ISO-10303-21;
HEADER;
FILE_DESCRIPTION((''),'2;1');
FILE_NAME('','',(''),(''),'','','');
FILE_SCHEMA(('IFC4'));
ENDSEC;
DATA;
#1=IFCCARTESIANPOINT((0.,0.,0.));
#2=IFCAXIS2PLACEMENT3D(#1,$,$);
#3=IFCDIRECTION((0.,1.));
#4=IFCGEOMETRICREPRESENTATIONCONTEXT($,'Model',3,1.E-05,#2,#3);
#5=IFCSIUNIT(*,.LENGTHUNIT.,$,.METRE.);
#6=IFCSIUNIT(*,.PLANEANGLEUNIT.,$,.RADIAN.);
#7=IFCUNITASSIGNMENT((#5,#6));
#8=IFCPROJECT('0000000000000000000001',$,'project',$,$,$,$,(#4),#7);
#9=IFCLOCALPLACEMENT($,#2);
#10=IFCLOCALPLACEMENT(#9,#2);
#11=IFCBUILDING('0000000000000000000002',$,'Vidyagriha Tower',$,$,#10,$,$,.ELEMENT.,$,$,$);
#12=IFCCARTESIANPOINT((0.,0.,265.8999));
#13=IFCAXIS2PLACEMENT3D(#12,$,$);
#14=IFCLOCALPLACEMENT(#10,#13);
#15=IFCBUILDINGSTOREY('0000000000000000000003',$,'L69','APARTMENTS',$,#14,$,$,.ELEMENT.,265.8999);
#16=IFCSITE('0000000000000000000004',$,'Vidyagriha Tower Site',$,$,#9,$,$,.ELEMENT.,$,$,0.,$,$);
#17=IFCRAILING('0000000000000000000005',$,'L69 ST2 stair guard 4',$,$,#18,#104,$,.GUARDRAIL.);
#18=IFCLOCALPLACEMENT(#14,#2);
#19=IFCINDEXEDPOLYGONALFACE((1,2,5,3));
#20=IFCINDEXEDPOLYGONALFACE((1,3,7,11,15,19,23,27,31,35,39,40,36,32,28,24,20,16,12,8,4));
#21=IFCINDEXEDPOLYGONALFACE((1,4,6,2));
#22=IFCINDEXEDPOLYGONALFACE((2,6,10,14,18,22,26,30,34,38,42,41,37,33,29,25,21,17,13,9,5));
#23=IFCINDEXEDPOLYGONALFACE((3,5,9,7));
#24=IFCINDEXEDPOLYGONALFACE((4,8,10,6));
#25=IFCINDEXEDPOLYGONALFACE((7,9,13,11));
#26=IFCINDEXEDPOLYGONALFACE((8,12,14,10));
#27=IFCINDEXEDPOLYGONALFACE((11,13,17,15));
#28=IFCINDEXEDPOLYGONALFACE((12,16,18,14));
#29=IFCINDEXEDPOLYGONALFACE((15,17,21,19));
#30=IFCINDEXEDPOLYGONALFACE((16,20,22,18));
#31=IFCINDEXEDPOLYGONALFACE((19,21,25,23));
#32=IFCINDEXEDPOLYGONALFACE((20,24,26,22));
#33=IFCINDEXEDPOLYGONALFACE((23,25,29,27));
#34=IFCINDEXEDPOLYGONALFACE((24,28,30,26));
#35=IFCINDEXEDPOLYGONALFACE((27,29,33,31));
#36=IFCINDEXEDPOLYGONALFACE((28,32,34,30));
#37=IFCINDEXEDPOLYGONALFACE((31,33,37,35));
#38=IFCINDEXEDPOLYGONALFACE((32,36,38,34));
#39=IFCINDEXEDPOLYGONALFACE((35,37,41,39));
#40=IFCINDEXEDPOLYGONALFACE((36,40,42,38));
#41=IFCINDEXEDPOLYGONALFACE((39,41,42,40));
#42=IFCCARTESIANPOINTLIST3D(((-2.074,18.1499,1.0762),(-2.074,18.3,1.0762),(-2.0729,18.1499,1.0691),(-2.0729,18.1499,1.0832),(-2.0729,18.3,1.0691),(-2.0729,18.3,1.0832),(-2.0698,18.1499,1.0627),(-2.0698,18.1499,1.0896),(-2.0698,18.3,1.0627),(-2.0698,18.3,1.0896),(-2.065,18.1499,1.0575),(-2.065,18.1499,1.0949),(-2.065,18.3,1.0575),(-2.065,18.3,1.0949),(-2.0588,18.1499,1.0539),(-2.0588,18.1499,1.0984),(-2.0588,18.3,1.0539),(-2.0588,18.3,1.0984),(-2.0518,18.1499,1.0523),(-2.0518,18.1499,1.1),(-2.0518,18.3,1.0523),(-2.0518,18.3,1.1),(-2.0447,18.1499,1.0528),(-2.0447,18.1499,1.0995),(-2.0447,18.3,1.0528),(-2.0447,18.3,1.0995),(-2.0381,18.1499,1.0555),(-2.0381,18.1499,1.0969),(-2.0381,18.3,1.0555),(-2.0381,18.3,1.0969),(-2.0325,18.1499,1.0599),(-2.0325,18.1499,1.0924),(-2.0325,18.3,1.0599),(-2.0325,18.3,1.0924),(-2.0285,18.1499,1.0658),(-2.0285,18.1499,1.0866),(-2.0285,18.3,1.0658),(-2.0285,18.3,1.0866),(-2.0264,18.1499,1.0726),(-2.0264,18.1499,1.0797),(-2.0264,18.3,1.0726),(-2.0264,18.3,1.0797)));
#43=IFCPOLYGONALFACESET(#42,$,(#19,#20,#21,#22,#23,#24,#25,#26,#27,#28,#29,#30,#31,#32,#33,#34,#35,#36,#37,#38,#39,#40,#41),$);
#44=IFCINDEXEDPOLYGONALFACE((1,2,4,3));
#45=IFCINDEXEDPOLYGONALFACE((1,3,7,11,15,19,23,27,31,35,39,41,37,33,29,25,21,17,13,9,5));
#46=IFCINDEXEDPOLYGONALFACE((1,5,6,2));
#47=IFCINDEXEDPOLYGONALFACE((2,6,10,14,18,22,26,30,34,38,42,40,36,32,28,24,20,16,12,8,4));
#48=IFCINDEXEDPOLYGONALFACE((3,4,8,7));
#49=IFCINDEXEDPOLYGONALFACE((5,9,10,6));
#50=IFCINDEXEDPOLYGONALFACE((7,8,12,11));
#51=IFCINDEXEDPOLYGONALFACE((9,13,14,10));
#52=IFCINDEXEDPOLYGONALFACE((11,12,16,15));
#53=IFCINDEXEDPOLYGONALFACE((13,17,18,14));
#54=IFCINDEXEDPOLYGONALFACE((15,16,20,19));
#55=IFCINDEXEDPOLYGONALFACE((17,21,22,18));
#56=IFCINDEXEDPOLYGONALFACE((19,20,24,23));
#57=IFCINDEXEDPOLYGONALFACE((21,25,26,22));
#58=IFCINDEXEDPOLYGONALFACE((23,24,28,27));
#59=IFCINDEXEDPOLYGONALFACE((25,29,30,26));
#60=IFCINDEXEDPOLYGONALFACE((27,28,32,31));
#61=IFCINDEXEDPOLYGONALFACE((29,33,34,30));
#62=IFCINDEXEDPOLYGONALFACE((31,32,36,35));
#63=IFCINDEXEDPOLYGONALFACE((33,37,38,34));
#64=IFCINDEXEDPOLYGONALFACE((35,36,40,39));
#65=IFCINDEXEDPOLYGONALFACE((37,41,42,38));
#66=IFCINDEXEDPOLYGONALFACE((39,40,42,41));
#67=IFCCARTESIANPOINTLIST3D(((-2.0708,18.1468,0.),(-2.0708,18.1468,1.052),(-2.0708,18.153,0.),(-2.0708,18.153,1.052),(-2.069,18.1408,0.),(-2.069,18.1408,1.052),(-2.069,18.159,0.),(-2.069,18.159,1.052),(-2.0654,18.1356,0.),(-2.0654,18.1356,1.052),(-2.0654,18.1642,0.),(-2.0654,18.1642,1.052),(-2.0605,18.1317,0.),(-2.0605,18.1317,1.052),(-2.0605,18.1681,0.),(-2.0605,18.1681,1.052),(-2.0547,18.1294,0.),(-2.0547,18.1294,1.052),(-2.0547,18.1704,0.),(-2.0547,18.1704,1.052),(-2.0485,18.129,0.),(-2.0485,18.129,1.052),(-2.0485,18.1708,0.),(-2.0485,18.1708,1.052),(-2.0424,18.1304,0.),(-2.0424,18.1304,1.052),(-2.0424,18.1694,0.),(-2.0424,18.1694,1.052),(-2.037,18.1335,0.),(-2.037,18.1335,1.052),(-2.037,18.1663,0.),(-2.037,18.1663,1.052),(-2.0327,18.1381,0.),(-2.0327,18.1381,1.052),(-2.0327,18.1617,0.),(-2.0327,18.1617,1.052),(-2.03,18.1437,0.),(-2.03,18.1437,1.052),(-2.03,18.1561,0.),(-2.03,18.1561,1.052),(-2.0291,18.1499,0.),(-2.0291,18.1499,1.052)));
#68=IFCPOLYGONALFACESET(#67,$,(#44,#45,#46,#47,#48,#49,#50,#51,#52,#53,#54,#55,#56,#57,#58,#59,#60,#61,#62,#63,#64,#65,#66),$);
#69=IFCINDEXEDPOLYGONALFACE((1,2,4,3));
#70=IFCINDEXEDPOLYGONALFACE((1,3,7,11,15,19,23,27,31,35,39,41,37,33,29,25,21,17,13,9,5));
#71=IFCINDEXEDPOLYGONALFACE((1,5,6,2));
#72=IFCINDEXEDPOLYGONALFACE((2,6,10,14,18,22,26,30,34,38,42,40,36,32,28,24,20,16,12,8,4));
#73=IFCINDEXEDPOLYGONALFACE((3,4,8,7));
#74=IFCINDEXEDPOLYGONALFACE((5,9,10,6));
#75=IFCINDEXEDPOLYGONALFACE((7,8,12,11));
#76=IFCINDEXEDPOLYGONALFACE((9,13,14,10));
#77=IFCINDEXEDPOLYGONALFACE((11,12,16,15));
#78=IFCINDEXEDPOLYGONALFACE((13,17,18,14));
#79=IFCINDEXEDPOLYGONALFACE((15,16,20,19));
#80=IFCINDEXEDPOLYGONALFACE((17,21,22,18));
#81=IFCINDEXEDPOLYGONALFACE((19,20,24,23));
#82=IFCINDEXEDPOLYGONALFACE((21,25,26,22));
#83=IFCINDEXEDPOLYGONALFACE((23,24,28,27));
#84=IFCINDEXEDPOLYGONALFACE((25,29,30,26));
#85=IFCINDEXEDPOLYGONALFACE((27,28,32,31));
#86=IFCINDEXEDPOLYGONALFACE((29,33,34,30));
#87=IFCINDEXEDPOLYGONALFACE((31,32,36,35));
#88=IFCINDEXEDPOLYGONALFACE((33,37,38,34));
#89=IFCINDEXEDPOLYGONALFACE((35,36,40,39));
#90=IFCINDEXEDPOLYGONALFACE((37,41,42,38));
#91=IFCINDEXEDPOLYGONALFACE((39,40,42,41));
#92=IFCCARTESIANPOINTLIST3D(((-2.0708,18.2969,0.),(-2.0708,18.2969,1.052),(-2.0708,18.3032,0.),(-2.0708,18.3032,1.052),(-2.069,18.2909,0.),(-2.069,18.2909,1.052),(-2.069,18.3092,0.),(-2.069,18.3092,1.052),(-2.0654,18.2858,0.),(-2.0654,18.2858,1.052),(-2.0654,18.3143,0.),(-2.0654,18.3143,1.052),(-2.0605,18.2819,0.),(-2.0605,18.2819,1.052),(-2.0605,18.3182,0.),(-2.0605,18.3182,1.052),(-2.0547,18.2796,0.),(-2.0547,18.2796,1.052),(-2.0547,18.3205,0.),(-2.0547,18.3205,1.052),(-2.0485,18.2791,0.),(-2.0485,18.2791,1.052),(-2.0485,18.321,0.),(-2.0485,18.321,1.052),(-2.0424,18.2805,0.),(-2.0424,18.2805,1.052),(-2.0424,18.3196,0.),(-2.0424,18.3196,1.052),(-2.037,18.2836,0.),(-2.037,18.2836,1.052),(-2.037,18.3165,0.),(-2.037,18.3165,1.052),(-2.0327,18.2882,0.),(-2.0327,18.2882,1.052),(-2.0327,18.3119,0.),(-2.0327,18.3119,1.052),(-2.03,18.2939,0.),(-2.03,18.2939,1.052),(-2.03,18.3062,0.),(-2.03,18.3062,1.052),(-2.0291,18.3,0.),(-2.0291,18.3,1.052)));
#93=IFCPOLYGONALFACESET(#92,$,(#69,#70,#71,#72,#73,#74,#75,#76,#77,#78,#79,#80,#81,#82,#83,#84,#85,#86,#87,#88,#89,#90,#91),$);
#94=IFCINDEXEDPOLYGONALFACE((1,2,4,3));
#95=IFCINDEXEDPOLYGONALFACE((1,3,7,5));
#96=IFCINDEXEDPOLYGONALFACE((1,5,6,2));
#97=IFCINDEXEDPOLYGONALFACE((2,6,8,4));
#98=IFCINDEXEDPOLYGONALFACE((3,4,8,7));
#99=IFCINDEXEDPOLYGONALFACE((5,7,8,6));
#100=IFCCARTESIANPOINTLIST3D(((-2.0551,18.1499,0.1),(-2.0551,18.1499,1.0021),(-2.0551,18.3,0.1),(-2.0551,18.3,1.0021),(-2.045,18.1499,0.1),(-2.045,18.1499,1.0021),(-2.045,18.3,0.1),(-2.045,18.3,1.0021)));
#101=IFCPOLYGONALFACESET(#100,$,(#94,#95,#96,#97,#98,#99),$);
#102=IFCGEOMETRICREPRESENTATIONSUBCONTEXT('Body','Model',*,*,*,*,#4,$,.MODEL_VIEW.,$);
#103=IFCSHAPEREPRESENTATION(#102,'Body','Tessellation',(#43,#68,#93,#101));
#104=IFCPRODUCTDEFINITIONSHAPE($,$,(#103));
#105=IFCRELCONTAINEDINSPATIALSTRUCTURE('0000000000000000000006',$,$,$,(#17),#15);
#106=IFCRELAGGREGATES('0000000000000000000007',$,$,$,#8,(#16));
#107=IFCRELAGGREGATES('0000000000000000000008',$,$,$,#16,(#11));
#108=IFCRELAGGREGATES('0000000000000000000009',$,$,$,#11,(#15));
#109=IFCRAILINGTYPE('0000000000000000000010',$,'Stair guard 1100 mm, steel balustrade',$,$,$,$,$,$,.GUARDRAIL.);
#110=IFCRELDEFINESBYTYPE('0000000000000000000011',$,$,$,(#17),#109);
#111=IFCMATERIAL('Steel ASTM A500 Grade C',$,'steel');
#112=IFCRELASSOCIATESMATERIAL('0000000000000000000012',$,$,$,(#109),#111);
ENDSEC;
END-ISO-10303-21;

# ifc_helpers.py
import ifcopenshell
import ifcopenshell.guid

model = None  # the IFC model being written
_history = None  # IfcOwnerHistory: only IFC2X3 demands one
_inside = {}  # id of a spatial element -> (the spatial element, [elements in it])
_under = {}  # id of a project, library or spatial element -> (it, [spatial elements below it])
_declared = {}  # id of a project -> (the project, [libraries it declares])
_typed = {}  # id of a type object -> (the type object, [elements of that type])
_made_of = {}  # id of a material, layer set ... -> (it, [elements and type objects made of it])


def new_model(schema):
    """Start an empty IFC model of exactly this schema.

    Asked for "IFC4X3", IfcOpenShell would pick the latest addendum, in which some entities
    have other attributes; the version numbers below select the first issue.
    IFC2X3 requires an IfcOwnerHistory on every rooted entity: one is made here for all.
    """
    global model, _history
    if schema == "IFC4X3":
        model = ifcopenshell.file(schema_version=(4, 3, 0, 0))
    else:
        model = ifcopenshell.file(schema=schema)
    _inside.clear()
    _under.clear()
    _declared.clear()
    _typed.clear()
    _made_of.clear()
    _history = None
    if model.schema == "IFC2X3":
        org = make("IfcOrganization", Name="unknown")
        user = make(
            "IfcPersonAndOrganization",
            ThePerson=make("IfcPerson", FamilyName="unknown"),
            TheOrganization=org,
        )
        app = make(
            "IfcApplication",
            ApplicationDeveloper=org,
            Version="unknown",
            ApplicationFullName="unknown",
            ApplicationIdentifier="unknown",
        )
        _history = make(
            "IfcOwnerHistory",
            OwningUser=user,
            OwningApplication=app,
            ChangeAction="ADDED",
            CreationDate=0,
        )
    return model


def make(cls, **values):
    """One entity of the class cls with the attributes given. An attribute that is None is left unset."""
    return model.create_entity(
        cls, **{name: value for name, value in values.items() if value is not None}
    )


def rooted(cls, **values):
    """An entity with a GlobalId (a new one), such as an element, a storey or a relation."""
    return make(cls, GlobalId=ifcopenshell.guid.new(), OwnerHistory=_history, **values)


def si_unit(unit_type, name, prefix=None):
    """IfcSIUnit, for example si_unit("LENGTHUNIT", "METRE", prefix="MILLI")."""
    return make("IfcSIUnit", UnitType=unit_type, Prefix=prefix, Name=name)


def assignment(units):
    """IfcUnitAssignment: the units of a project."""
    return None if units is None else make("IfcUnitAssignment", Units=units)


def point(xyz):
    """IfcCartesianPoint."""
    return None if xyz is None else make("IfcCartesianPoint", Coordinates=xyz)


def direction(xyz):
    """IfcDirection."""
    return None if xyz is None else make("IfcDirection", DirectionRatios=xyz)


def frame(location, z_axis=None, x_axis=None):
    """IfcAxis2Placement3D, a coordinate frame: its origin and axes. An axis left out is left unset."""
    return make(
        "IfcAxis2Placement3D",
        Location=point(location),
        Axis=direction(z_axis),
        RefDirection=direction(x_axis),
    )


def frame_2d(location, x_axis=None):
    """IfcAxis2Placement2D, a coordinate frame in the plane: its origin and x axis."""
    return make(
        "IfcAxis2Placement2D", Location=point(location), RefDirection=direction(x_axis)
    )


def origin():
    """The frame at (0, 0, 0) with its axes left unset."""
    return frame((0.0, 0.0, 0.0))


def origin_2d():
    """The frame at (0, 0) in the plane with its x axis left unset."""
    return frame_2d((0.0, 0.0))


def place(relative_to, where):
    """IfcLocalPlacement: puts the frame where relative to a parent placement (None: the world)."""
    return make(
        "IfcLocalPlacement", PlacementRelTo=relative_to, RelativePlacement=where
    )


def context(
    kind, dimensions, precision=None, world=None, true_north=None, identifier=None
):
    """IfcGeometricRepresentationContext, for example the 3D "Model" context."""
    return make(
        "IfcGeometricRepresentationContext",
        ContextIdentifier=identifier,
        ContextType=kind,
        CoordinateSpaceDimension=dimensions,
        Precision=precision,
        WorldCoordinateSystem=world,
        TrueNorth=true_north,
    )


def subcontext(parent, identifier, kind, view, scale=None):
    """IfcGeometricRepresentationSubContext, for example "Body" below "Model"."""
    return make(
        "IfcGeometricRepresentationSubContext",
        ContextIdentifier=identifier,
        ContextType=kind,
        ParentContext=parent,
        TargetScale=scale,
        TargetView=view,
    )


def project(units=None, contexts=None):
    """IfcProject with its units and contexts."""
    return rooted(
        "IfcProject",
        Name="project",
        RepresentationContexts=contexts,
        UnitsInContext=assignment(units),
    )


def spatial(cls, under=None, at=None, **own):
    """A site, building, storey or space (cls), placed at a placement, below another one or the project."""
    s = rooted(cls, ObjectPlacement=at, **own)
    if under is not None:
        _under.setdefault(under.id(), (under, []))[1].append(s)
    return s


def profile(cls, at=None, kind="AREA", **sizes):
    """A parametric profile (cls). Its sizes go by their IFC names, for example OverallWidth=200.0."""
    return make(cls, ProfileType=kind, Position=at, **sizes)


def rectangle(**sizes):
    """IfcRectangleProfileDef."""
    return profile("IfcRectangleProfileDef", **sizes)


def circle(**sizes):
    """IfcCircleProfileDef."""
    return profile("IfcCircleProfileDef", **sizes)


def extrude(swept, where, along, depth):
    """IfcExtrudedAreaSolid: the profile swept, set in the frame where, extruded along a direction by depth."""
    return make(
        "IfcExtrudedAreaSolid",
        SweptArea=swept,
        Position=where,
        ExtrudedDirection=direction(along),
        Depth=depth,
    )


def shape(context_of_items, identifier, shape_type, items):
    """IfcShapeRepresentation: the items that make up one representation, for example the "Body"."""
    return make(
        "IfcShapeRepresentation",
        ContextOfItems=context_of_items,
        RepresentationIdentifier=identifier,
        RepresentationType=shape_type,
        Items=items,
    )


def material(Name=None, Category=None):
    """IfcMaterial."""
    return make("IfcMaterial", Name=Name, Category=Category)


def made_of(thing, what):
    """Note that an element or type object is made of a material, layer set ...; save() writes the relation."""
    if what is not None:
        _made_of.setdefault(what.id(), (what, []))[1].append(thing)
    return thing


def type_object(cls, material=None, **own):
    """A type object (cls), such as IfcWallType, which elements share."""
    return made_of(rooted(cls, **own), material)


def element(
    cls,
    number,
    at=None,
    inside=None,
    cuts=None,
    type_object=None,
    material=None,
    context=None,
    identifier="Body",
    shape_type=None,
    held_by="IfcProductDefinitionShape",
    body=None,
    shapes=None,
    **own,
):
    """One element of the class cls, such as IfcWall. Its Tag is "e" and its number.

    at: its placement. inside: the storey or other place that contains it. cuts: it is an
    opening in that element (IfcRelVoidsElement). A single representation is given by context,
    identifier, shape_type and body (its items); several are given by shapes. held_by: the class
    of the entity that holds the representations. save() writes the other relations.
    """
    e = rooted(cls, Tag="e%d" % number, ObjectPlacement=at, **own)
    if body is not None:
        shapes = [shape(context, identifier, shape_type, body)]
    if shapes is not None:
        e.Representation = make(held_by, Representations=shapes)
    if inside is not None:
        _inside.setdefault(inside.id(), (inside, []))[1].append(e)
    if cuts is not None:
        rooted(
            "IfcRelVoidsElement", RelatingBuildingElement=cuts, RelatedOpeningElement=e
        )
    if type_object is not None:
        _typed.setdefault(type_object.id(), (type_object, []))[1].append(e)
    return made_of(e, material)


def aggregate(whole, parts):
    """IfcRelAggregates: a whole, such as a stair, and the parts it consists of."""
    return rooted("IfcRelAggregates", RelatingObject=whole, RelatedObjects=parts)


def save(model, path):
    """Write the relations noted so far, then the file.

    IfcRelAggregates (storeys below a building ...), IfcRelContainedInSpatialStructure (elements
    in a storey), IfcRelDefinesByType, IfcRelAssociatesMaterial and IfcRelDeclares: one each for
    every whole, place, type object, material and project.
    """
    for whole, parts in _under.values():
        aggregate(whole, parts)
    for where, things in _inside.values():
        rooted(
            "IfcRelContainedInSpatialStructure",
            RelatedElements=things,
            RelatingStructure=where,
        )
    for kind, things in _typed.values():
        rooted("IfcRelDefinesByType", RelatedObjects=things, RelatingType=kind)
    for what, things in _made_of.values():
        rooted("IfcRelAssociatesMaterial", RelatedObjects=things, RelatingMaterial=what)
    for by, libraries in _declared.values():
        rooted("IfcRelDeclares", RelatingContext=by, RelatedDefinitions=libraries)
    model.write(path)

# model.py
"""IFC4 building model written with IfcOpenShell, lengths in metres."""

from ifc_helpers import new_model, si_unit, direction, frame, origin, origin_2d, place, context, subcontext, project, spatial, rectangle, circle, extrude, material, type_object, element, save


model = new_model("IFC4")

# Units and contexts
model_context = context("Model", 3, precision=1e-05, world=origin(), true_north=direction((0.0, 1.0)))
body_context = subcontext(model_context, "Body", "Model", "MODEL_VIEW")
ifc_project = project(units=[si_unit("LENGTHUNIT", "METRE"), si_unit("PLANEANGLEUNIT", "RADIAN")], contexts=[model_context])

# Site, building, storey
site_placement = place(None, origin())
site = spatial("IfcSite", under=ifc_project, at=site_placement, Name="Vidyagriha Tower Site", CompositionType="ELEMENT", RefElevation=0.0)
building_placement = place(site_placement, origin())
building = spatial("IfcBuilding", under=site, at=building_placement, Name="Vidyagriha Tower", CompositionType="ELEMENT")
storey_placement = place(building_placement, frame((0.0, 0.0, 265.8999)))
storey = spatial("IfcBuildingStorey", under=building, at=storey_placement, Name="L69", Description="APARTMENTS", CompositionType="ELEMENT", Elevation=265.8999)

# Railing
ifc_material_1 = material(Name="Steel ASTM A500 Grade C", Category="steel")
railing_type_1 = type_object("IfcRailingType", Name="Stair guard 1100 mm, steel balustrade", PredefinedType="GUARDRAIL", material=ifc_material_1)
railing_1_placement = place(storey_placement, frame((-2.05, 18.1499, 0.0)))
element("IfcRailing", 1, at=railing_1_placement, inside=storey, type_object=railing_type_1, Name="L69 ST2 stair guard 4", PredefinedType="GUARDRAIL", context=body_context, shape_type="SweptSolid", body=[
    extrude(circle(Radius=0.0239, at=origin_2d()), frame((0.0, 0.0, 1.0762), z_axis=(0.0, 1.0, 0.0), x_axis=(-1.0, 0.0, 0.0)), (0.0, 0.0, 1.0), 0.1501),
    extrude(circle(Radius=0.021, at=origin_2d()), origin(), (0.0, 0.0, 1.0), 1.052),
    extrude(circle(Radius=0.021, at=origin_2d()), frame((0.0, 0.1501, 0.0)), (0.0, 0.0, 1.0), 1.052),
    extrude(rectangle(XDim=0.01, YDim=0.9021, at=origin_2d()), frame((0.0, 0.0, 0.551), z_axis=(0.0, 1.0, 0.0), x_axis=(-1.0, 0.0, 0.0)), (0.0, 0.0, 1.0), 0.1501),
])

save(model, "model.ifc")
